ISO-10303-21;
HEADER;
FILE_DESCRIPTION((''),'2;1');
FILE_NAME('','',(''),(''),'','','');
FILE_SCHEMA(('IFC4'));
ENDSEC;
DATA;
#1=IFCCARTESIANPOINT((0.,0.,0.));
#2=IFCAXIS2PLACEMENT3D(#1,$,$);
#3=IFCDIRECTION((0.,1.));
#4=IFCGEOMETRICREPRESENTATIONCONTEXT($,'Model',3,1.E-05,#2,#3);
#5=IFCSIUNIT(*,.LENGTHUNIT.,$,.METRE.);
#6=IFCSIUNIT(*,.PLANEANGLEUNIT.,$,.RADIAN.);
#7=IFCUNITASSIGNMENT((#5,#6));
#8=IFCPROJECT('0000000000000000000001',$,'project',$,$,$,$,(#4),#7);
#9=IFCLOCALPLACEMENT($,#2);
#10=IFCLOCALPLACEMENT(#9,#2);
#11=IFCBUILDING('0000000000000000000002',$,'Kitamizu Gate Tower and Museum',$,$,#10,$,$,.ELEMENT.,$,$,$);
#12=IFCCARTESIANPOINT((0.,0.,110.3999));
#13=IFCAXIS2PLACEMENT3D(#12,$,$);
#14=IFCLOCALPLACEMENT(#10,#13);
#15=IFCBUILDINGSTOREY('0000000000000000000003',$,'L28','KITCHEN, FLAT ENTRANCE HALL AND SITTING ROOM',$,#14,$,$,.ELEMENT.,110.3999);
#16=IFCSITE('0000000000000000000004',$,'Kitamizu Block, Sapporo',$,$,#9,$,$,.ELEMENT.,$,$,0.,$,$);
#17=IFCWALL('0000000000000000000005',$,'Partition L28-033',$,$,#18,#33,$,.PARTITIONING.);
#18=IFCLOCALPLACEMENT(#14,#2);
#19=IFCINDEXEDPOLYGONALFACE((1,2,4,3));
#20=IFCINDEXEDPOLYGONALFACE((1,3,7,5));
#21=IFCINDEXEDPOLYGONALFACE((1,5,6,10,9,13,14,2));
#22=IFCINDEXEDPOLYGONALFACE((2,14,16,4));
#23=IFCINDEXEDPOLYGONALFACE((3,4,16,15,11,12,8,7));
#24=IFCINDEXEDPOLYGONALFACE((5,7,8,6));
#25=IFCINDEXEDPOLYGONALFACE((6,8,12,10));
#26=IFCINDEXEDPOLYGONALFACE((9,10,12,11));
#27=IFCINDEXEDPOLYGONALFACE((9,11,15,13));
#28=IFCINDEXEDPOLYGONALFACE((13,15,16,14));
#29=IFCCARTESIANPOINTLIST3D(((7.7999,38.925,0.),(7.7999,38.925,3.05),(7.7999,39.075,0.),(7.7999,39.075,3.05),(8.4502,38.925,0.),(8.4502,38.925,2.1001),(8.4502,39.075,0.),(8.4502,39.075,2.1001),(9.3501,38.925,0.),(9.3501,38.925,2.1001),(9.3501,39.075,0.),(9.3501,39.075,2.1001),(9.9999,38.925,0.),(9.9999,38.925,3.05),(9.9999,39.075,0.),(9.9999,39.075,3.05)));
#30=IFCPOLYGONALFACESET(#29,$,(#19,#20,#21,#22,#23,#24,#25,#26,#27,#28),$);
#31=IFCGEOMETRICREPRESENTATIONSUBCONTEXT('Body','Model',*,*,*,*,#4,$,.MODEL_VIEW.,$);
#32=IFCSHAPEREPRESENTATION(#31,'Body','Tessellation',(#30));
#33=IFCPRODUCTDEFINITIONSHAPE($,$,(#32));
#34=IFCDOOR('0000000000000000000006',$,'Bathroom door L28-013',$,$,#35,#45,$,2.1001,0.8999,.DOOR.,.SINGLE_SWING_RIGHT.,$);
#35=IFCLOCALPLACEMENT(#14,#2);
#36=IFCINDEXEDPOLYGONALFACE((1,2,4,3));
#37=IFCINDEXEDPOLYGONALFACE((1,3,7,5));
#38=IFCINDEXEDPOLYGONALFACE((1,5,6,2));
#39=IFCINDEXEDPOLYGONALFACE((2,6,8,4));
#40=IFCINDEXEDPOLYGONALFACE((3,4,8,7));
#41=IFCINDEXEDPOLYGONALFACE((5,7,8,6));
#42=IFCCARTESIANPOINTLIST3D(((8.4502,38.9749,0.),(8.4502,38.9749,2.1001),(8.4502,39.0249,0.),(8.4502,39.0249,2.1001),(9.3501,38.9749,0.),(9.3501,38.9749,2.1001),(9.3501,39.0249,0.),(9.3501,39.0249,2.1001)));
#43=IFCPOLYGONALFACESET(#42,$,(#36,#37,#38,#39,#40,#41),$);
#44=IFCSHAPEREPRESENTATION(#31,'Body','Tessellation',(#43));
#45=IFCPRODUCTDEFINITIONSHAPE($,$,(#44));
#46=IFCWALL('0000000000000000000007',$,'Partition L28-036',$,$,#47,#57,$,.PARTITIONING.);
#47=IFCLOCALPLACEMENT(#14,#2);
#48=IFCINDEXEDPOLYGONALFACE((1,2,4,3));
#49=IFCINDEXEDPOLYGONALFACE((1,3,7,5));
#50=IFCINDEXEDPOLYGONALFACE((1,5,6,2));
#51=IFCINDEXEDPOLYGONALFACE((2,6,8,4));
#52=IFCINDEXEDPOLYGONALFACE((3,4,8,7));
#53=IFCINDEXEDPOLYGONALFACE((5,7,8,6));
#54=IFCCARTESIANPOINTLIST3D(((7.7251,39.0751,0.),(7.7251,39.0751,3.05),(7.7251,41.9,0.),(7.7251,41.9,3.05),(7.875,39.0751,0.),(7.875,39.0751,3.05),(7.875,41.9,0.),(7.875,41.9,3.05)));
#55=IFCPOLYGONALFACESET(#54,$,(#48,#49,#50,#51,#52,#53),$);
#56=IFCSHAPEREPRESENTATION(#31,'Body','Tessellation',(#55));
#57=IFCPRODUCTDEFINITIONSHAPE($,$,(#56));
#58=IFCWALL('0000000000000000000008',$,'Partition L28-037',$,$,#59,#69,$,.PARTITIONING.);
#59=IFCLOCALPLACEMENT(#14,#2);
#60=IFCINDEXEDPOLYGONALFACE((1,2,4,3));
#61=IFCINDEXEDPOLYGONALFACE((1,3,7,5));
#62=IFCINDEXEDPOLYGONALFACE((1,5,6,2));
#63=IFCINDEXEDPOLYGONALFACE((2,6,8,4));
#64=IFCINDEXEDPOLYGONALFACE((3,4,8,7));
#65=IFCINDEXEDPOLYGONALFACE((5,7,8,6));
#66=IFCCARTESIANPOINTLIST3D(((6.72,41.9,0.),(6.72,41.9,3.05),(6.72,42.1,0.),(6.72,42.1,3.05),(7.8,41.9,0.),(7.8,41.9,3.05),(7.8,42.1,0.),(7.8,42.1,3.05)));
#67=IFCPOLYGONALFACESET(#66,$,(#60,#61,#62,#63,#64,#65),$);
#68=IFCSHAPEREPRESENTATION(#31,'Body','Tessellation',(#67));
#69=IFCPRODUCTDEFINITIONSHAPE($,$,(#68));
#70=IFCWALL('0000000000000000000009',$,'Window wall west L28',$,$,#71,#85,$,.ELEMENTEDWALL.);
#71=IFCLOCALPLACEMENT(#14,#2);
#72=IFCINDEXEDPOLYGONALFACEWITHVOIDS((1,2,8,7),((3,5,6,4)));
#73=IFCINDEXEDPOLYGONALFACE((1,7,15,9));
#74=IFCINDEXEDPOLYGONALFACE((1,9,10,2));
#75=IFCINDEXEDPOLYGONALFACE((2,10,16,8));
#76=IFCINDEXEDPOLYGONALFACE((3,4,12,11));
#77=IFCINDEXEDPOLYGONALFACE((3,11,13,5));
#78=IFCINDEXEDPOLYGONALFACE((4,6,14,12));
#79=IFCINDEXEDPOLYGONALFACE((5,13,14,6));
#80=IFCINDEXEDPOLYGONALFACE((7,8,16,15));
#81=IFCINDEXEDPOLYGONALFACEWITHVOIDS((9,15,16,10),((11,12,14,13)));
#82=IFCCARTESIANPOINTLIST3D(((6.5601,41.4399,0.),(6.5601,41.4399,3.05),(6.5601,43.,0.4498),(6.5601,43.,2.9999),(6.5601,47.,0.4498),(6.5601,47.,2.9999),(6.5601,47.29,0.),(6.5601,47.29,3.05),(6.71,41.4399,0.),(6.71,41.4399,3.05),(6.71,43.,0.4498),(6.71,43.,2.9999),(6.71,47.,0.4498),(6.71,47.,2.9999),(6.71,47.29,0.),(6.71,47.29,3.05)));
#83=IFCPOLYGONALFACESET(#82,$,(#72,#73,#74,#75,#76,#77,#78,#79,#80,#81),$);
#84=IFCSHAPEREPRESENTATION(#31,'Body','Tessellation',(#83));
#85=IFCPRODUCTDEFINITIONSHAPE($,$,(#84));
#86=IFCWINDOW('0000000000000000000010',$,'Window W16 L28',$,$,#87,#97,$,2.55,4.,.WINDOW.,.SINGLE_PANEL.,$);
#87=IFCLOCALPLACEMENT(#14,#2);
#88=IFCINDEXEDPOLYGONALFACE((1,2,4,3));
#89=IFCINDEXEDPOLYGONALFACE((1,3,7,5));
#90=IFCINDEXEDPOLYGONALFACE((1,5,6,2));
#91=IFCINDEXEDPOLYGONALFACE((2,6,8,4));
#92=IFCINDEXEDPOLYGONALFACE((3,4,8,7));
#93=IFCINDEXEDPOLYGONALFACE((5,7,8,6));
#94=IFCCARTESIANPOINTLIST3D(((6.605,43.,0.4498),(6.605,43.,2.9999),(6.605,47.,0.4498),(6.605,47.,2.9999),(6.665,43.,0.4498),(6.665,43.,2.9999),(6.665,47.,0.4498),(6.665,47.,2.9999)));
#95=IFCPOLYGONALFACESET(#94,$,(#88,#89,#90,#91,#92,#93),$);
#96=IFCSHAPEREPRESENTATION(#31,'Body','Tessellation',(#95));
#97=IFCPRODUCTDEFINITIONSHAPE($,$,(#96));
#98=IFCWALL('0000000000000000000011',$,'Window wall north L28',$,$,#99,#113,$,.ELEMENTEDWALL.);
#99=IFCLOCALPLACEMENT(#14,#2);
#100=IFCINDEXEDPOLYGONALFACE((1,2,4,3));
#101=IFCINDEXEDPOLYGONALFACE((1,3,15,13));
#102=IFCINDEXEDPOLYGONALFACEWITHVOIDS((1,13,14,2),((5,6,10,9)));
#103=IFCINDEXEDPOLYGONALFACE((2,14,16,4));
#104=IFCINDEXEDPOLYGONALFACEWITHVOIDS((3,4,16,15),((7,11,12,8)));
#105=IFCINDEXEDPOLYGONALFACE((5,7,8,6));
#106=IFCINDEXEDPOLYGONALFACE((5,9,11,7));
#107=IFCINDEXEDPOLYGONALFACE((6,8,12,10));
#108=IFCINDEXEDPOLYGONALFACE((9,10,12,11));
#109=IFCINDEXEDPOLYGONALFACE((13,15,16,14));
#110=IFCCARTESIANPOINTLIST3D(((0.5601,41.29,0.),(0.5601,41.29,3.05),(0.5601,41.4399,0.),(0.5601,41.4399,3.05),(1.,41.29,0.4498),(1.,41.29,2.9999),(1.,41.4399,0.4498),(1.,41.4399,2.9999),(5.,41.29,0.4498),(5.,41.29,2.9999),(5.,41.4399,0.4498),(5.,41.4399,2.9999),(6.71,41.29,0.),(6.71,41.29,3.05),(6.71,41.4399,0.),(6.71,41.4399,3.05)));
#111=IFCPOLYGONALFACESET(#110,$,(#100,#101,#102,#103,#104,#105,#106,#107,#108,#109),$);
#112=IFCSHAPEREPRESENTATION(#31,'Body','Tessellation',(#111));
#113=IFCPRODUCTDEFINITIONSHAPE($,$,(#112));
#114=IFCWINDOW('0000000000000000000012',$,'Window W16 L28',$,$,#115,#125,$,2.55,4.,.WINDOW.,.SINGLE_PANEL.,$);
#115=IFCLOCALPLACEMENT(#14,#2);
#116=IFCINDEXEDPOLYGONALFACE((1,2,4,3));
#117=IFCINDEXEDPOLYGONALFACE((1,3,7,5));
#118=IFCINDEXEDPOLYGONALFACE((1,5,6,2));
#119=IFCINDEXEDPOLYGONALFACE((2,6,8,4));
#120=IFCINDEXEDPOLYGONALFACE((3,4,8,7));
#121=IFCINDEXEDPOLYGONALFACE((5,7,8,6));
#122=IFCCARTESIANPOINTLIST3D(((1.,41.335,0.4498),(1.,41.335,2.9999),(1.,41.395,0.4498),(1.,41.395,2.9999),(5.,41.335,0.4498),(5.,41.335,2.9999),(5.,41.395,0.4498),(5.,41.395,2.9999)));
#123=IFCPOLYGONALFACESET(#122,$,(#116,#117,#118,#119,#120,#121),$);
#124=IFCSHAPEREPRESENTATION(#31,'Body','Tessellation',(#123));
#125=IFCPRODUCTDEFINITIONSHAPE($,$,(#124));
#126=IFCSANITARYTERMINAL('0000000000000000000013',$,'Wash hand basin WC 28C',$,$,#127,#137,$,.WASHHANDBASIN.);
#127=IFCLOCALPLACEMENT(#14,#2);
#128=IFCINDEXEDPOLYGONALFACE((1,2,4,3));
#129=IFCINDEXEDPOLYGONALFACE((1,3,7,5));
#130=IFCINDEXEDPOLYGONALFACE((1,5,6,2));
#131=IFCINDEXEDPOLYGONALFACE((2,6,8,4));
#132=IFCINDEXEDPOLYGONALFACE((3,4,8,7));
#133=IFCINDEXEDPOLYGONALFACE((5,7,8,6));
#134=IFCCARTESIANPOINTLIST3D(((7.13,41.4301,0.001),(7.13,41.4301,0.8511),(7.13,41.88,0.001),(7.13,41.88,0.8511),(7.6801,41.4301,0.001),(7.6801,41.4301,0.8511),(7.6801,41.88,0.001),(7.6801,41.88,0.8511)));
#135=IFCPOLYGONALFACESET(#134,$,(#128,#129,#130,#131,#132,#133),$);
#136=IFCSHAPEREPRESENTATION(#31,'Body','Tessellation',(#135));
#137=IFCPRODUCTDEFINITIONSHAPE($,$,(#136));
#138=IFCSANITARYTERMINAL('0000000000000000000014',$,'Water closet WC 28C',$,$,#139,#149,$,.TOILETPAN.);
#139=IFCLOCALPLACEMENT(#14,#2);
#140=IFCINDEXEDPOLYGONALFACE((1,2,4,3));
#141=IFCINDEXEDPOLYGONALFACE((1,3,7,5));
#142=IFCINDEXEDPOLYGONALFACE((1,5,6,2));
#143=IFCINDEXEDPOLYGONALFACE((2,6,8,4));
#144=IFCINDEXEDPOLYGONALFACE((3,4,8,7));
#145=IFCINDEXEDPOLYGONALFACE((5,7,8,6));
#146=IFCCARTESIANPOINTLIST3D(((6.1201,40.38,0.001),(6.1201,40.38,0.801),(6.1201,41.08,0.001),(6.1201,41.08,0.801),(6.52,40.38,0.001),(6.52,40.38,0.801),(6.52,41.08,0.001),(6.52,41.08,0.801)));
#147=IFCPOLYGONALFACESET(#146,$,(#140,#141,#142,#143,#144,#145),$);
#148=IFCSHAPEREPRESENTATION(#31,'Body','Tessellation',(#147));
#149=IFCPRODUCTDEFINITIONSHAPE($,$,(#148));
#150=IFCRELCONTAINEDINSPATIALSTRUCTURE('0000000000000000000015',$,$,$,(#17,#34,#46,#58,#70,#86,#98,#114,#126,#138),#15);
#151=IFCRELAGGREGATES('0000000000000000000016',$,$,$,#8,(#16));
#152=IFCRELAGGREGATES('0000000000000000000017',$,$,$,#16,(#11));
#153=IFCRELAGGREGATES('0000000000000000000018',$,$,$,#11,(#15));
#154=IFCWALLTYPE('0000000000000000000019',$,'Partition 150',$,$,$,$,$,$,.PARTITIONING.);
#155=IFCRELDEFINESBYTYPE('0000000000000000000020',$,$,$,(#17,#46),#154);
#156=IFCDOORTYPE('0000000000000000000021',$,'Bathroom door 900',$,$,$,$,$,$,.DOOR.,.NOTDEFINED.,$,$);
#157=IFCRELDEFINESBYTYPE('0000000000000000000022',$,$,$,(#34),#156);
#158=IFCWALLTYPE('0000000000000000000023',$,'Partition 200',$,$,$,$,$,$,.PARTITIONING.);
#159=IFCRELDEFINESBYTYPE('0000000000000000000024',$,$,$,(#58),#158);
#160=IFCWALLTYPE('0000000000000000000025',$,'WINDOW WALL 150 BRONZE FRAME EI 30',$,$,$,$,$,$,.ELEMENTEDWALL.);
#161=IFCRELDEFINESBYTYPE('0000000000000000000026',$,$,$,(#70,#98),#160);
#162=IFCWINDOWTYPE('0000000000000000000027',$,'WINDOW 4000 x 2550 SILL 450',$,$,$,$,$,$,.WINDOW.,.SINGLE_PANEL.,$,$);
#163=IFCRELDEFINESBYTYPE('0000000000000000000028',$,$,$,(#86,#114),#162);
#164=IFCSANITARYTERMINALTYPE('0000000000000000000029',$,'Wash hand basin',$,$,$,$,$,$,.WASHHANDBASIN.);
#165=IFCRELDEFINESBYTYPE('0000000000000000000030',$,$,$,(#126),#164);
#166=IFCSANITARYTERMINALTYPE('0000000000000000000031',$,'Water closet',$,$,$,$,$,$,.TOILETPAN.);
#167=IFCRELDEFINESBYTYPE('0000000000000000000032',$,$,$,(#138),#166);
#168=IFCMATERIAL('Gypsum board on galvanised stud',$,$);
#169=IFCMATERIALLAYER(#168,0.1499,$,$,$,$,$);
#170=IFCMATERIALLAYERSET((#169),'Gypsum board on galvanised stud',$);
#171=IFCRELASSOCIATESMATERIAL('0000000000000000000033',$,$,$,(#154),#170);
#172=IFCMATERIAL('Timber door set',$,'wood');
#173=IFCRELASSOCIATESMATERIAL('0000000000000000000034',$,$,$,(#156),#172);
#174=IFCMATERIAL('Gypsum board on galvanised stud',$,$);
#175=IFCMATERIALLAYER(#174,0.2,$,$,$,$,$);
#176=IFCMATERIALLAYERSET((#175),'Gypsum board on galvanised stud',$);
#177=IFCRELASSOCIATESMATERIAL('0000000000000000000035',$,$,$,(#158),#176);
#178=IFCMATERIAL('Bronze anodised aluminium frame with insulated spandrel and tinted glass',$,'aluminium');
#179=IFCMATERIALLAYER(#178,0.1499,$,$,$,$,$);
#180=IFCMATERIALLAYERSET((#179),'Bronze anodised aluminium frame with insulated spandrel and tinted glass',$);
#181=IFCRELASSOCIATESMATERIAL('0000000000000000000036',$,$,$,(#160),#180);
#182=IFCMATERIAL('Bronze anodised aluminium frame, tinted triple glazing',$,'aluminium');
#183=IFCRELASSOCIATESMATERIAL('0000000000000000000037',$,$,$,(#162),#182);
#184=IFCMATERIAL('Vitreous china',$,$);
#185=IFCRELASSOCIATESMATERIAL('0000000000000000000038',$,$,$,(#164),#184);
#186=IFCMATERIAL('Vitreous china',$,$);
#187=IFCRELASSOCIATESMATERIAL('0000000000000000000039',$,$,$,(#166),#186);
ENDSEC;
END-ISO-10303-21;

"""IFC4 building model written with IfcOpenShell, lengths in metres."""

from ifc_helpers import new_model, si_unit, direction, frame, frame_2d, origin, origin_2d, place, context, subcontext, project, spatial, rectangle, extrude, material, layer, layer_set, type_object, element, fill, save


model = new_model("IFC4")

# Units and contexts
model_context = context("Model", 3, precision=1e-05, world=origin(), true_north=direction((0.0, 1.0)))
body_context = subcontext(model_context, "Body", "Model", "MODEL_VIEW")
ifc_project = project(units=[si_unit("LENGTHUNIT", "METRE"), si_unit("PLANEANGLEUNIT", "RADIAN")], contexts=[model_context])

# Site, building, storey
site_placement = place(None, origin())
site = spatial("IfcSite", under=ifc_project, at=site_placement, Name="Kitamizu Block, Sapporo", CompositionType="ELEMENT", RefElevation=0.0)
building_placement = place(site_placement, origin())
building = spatial("IfcBuilding", under=site, at=building_placement, Name="Kitamizu Gate Tower and Museum", CompositionType="ELEMENT")
storey_placement = place(building_placement, frame((0.0, 0.0, 110.3999)))
storey = spatial("IfcBuildingStorey", under=building, at=storey_placement, Name="L28", Description="KITCHEN, FLAT ENTRANCE HALL AND SITTING ROOM", CompositionType="ELEMENT", Elevation=110.3999)

# Wall, opening, door
ifc_material_1 = material(Name="Gypsum board on galvanised stud")
ifc_layer_1 = layer(ifc_material_1, 0.1499)
ifc_layer_set_1 = layer_set([ifc_layer_1], Name="Gypsum board on galvanised stud")
wall_type_1 = type_object("IfcWallType", Name="Partition 150", PredefinedType="PARTITIONING", material=ifc_layer_set_1)
wall_1_placement = place(storey_placement, frame((10.0, 39.0, 0.0), z_axis=(0.0, 0.0, 1.0), x_axis=(-1.0, 0.0, 0.0)))
wall_1 = element("IfcWall", 1, at=wall_1_placement, inside=storey, type_object=wall_type_1, Name="Partition L28-033", PredefinedType="PARTITIONING", context=body_context, shape_type="SweptSolid", body=[
    extrude(rectangle(XDim=2.2, YDim=0.1499, at=frame_2d((1.1001, 0.0))), origin(), (0.0, 0.0, 1.0), 3.05),
])
opening_1_placement = place(wall_1_placement, frame((0.6499, 0.0, 0.0)))
opening_1 = element("IfcOpeningElement", 2, at=opening_1_placement, cuts=wall_1, PredefinedType="OPENING", context=body_context, shape_type="SweptSolid", body=[
    extrude(rectangle(XDim=0.8999, YDim=2.1001, at=frame_2d((0.45, 1.05))), frame((0.0, 0.085, 0.0), z_axis=(0.0, -1.0, 0.0), x_axis=(1.0, 0.0, 0.0)), (0.0, 0.0, 1.0), 0.1699),
])
ifc_material_2 = material(Name="Timber door set", Category="wood")
door_type = type_object("IfcDoorType", Name="Bathroom door 900", OperationType="NOTDEFINED", PredefinedType="DOOR", material=ifc_material_2)
door_placement = place(opening_1_placement, frame((0.8999, 0.0, 0.0), x_axis=(-1.0, 0.0, 0.0)))
door = element("IfcDoor", 3, at=door_placement, inside=storey, type_object=door_type, Name="Bathroom door L28-013", OperationType="SINGLE_SWING_RIGHT", OverallHeight=2.1001, OverallWidth=0.8999, PredefinedType="DOOR", context=body_context, shape_type="SweptSolid", body=[
    extrude(rectangle(XDim=0.8999, YDim=2.1001, at=frame_2d((0.45, 1.05))), frame((0.0, 0.0249, 0.0), z_axis=(0.0, -1.0, 0.0), x_axis=(1.0, 0.0, 0.0)), (0.0, 0.0, 1.0), 0.05),
])
fill(opening_1, door)

# Walls
wall_2_placement = place(storey_placement, frame((7.8, 39.075, 0.0), z_axis=(0.0, 0.0, 1.0), x_axis=(0.0, 1.0, 0.0)))
element("IfcWall", 4, at=wall_2_placement, inside=storey, type_object=wall_type_1, Name="Partition L28-036", PredefinedType="PARTITIONING", context=body_context, shape_type="SweptSolid", body=[
    extrude(rectangle(XDim=2.825, YDim=0.1499, at=frame_2d((1.4126, 0.0))), origin(), (0.0, 0.0, 1.0), 3.05),
])
ifc_material_3 = material(Name="Gypsum board on galvanised stud")
ifc_layer_2 = layer(ifc_material_3, 0.2)
ifc_layer_set_2 = layer_set([ifc_layer_2], Name="Gypsum board on galvanised stud")
wall_type_2 = type_object("IfcWallType", Name="Partition 200", PredefinedType="PARTITIONING", material=ifc_layer_set_2)
wall_3_placement = place(storey_placement, frame((7.8, 42.0, 0.0), z_axis=(0.0, 0.0, 1.0), x_axis=(-1.0, 0.0, 0.0)))
element("IfcWall", 5, at=wall_3_placement, inside=storey, type_object=wall_type_2, Name="Partition L28-037", PredefinedType="PARTITIONING", context=body_context, shape_type="SweptSolid", body=[
    extrude(rectangle(XDim=1.0801, YDim=0.2, at=frame_2d((0.54, 0.0))), origin(), (0.0, 0.0, 1.0), 3.05),
])

# Shared definitions
ifc_material_4 = material(Name="Bronze anodised aluminium frame with insulated spandrel and tinted glass", Category="aluminium")
ifc_layer_3 = layer(ifc_material_4, 0.1499)
ifc_layer_set_3 = layer_set([ifc_layer_3], Name="Bronze anodised aluminium frame with insulated spandrel and tinted glass")
wall_type_3 = type_object("IfcWallType", Name="WINDOW WALL 150 BRONZE FRAME EI 30", PredefinedType="ELEMENTEDWALL", material=ifc_layer_set_3)

# Walls, openings, windows
wall_4_placement = place(storey_placement, frame((6.635, 41.4399, 0.0), z_axis=(0.0, 0.0, 1.0), x_axis=(0.0, 1.0, 0.0)))
wall_4 = element("IfcWall", 6, at=wall_4_placement, inside=storey, type_object=wall_type_3, Name="Window wall west L28", PredefinedType="ELEMENTEDWALL", context=body_context, shape_type="SweptSolid", body=[
    extrude(rectangle(XDim=5.8501, YDim=0.1499, at=frame_2d((2.925, 0.0))), origin(), (0.0, 0.0, 1.0), 3.05),
])
opening_2_placement = place(wall_4_placement, frame((1.5601, 0.0, 0.45)))
opening_2 = element("IfcOpeningElement", 7, at=opening_2_placement, cuts=wall_4, PredefinedType="OPENING", context=body_context, shape_type="SweptSolid", body=[
    extrude(rectangle(XDim=4.0, YDim=2.55, at=frame_2d((2.0, 1.2749))), frame((0.0, 0.085, 0.0), z_axis=(0.0, -1.0, 0.0), x_axis=(1.0, 0.0, 0.0)), (0.0, 0.0, 1.0), 0.1699),
])
ifc_material_5 = material(Name="Bronze anodised aluminium frame, tinted triple glazing", Category="aluminium")
window_type_1 = type_object("IfcWindowType", Name="WINDOW 4000 x 2550 SILL 450", PartitioningType="SINGLE_PANEL", PredefinedType="WINDOW", material=ifc_material_5)
window_1_placement = place(opening_2_placement, origin())
window_1 = element("IfcWindow", 8, at=window_1_placement, inside=storey, type_object=window_type_1, Name="Window W16 L28", OverallHeight=2.55, OverallWidth=4.0, PartitioningType="SINGLE_PANEL", PredefinedType="WINDOW", context=body_context, shape_type="SweptSolid", body=[
    extrude(rectangle(XDim=4.0, YDim=2.55, at=frame_2d((2.0, 1.2749))), frame((0.0, 0.03, 0.0), z_axis=(0.0, -1.0, 0.0), x_axis=(1.0, 0.0, 0.0)), (0.0, 0.0, 1.0), 0.0601),
])
fill(opening_2, window_1)
wall_5_placement = place(storey_placement, frame((0.5601, 41.365, 0.0), z_axis=(0.0, 0.0, 1.0), x_axis=(1.0, 0.0, 0.0)))
wall_5 = element("IfcWall", 9, at=wall_5_placement, inside=storey, type_object=wall_type_3, Name="Window wall north L28", PredefinedType="ELEMENTEDWALL", context=body_context, shape_type="SweptSolid", body=[
    extrude(rectangle(XDim=6.1499, YDim=0.1499, at=frame_2d((3.075, 0.0))), origin(), (0.0, 0.0, 1.0), 3.05),
])
opening_3_placement = place(wall_5_placement, frame((0.4399, 0.0, 0.45)))
opening_3 = element("IfcOpeningElement", 10, at=opening_3_placement, cuts=wall_5, PredefinedType="OPENING", context=body_context, shape_type="SweptSolid", body=[
    extrude(rectangle(XDim=4.0, YDim=2.55, at=frame_2d((2.0, 1.2749))), frame((0.0, 0.085, 0.0), z_axis=(0.0, -1.0, 0.0), x_axis=(1.0, 0.0, 0.0)), (0.0, 0.0, 1.0), 0.1699),
])
window_2_placement = place(opening_3_placement, origin())
window_2 = element("IfcWindow", 11, at=window_2_placement, inside=storey, type_object=window_type_1, Name="Window W16 L28", OverallHeight=2.55, OverallWidth=4.0, PartitioningType="SINGLE_PANEL", PredefinedType="WINDOW", context=body_context, shape_type="SweptSolid", body=[
    extrude(rectangle(XDim=4.0, YDim=2.55, at=frame_2d((2.0, 1.2749))), frame((0.0, 0.03, 0.0), z_axis=(0.0, -1.0, 0.0), x_axis=(1.0, 0.0, 0.0)), (0.0, 0.0, 1.0), 0.0601),
])
fill(opening_3, window_2)

# Sanitary terminals
ifc_material_6 = material(Name="Vitreous china")
sanitary_terminal_type_1 = type_object("IfcSanitaryTerminalType", Name="Wash hand basin", PredefinedType="WASHHANDBASIN", material=ifc_material_6)
sanitary_terminal_1_placement = place(storey_placement, frame((7.405, 41.655, 0.001), z_axis=(0.0, 0.0, 1.0), x_axis=(1.0, 0.0, 0.0)))
element("IfcSanitaryTerminal", 12, at=sanitary_terminal_1_placement, inside=storey, type_object=sanitary_terminal_type_1, Name="Wash hand basin WC 28C", PredefinedType="WASHHANDBASIN", context=body_context, shape_type="SweptSolid", body=[
    extrude(rectangle(XDim=0.55, YDim=0.45, at=origin_2d()), origin(), (0.0, 0.0, 1.0), 0.8501),
])
ifc_material_7 = material(Name="Vitreous china")
sanitary_terminal_type_2 = type_object("IfcSanitaryTerminalType", Name="Water closet", PredefinedType="TOILETPAN", material=ifc_material_7)
sanitary_terminal_2_placement = place(storey_placement, frame((6.3201, 40.73, 0.001), z_axis=(0.0, 0.0, 1.0), x_axis=(1.0, 0.0, 0.0)))
element("IfcSanitaryTerminal", 13, at=sanitary_terminal_2_placement, inside=storey, type_object=sanitary_terminal_type_2, Name="Water closet WC 28C", PredefinedType="TOILETPAN", context=body_context, shape_type="SweptSolid", body=[
    extrude(rectangle(XDim=0.3999, YDim=0.7, at=origin_2d()), origin(), (0.0, 0.0, 1.0), 0.8),
])

save(model, "model.ifc")
